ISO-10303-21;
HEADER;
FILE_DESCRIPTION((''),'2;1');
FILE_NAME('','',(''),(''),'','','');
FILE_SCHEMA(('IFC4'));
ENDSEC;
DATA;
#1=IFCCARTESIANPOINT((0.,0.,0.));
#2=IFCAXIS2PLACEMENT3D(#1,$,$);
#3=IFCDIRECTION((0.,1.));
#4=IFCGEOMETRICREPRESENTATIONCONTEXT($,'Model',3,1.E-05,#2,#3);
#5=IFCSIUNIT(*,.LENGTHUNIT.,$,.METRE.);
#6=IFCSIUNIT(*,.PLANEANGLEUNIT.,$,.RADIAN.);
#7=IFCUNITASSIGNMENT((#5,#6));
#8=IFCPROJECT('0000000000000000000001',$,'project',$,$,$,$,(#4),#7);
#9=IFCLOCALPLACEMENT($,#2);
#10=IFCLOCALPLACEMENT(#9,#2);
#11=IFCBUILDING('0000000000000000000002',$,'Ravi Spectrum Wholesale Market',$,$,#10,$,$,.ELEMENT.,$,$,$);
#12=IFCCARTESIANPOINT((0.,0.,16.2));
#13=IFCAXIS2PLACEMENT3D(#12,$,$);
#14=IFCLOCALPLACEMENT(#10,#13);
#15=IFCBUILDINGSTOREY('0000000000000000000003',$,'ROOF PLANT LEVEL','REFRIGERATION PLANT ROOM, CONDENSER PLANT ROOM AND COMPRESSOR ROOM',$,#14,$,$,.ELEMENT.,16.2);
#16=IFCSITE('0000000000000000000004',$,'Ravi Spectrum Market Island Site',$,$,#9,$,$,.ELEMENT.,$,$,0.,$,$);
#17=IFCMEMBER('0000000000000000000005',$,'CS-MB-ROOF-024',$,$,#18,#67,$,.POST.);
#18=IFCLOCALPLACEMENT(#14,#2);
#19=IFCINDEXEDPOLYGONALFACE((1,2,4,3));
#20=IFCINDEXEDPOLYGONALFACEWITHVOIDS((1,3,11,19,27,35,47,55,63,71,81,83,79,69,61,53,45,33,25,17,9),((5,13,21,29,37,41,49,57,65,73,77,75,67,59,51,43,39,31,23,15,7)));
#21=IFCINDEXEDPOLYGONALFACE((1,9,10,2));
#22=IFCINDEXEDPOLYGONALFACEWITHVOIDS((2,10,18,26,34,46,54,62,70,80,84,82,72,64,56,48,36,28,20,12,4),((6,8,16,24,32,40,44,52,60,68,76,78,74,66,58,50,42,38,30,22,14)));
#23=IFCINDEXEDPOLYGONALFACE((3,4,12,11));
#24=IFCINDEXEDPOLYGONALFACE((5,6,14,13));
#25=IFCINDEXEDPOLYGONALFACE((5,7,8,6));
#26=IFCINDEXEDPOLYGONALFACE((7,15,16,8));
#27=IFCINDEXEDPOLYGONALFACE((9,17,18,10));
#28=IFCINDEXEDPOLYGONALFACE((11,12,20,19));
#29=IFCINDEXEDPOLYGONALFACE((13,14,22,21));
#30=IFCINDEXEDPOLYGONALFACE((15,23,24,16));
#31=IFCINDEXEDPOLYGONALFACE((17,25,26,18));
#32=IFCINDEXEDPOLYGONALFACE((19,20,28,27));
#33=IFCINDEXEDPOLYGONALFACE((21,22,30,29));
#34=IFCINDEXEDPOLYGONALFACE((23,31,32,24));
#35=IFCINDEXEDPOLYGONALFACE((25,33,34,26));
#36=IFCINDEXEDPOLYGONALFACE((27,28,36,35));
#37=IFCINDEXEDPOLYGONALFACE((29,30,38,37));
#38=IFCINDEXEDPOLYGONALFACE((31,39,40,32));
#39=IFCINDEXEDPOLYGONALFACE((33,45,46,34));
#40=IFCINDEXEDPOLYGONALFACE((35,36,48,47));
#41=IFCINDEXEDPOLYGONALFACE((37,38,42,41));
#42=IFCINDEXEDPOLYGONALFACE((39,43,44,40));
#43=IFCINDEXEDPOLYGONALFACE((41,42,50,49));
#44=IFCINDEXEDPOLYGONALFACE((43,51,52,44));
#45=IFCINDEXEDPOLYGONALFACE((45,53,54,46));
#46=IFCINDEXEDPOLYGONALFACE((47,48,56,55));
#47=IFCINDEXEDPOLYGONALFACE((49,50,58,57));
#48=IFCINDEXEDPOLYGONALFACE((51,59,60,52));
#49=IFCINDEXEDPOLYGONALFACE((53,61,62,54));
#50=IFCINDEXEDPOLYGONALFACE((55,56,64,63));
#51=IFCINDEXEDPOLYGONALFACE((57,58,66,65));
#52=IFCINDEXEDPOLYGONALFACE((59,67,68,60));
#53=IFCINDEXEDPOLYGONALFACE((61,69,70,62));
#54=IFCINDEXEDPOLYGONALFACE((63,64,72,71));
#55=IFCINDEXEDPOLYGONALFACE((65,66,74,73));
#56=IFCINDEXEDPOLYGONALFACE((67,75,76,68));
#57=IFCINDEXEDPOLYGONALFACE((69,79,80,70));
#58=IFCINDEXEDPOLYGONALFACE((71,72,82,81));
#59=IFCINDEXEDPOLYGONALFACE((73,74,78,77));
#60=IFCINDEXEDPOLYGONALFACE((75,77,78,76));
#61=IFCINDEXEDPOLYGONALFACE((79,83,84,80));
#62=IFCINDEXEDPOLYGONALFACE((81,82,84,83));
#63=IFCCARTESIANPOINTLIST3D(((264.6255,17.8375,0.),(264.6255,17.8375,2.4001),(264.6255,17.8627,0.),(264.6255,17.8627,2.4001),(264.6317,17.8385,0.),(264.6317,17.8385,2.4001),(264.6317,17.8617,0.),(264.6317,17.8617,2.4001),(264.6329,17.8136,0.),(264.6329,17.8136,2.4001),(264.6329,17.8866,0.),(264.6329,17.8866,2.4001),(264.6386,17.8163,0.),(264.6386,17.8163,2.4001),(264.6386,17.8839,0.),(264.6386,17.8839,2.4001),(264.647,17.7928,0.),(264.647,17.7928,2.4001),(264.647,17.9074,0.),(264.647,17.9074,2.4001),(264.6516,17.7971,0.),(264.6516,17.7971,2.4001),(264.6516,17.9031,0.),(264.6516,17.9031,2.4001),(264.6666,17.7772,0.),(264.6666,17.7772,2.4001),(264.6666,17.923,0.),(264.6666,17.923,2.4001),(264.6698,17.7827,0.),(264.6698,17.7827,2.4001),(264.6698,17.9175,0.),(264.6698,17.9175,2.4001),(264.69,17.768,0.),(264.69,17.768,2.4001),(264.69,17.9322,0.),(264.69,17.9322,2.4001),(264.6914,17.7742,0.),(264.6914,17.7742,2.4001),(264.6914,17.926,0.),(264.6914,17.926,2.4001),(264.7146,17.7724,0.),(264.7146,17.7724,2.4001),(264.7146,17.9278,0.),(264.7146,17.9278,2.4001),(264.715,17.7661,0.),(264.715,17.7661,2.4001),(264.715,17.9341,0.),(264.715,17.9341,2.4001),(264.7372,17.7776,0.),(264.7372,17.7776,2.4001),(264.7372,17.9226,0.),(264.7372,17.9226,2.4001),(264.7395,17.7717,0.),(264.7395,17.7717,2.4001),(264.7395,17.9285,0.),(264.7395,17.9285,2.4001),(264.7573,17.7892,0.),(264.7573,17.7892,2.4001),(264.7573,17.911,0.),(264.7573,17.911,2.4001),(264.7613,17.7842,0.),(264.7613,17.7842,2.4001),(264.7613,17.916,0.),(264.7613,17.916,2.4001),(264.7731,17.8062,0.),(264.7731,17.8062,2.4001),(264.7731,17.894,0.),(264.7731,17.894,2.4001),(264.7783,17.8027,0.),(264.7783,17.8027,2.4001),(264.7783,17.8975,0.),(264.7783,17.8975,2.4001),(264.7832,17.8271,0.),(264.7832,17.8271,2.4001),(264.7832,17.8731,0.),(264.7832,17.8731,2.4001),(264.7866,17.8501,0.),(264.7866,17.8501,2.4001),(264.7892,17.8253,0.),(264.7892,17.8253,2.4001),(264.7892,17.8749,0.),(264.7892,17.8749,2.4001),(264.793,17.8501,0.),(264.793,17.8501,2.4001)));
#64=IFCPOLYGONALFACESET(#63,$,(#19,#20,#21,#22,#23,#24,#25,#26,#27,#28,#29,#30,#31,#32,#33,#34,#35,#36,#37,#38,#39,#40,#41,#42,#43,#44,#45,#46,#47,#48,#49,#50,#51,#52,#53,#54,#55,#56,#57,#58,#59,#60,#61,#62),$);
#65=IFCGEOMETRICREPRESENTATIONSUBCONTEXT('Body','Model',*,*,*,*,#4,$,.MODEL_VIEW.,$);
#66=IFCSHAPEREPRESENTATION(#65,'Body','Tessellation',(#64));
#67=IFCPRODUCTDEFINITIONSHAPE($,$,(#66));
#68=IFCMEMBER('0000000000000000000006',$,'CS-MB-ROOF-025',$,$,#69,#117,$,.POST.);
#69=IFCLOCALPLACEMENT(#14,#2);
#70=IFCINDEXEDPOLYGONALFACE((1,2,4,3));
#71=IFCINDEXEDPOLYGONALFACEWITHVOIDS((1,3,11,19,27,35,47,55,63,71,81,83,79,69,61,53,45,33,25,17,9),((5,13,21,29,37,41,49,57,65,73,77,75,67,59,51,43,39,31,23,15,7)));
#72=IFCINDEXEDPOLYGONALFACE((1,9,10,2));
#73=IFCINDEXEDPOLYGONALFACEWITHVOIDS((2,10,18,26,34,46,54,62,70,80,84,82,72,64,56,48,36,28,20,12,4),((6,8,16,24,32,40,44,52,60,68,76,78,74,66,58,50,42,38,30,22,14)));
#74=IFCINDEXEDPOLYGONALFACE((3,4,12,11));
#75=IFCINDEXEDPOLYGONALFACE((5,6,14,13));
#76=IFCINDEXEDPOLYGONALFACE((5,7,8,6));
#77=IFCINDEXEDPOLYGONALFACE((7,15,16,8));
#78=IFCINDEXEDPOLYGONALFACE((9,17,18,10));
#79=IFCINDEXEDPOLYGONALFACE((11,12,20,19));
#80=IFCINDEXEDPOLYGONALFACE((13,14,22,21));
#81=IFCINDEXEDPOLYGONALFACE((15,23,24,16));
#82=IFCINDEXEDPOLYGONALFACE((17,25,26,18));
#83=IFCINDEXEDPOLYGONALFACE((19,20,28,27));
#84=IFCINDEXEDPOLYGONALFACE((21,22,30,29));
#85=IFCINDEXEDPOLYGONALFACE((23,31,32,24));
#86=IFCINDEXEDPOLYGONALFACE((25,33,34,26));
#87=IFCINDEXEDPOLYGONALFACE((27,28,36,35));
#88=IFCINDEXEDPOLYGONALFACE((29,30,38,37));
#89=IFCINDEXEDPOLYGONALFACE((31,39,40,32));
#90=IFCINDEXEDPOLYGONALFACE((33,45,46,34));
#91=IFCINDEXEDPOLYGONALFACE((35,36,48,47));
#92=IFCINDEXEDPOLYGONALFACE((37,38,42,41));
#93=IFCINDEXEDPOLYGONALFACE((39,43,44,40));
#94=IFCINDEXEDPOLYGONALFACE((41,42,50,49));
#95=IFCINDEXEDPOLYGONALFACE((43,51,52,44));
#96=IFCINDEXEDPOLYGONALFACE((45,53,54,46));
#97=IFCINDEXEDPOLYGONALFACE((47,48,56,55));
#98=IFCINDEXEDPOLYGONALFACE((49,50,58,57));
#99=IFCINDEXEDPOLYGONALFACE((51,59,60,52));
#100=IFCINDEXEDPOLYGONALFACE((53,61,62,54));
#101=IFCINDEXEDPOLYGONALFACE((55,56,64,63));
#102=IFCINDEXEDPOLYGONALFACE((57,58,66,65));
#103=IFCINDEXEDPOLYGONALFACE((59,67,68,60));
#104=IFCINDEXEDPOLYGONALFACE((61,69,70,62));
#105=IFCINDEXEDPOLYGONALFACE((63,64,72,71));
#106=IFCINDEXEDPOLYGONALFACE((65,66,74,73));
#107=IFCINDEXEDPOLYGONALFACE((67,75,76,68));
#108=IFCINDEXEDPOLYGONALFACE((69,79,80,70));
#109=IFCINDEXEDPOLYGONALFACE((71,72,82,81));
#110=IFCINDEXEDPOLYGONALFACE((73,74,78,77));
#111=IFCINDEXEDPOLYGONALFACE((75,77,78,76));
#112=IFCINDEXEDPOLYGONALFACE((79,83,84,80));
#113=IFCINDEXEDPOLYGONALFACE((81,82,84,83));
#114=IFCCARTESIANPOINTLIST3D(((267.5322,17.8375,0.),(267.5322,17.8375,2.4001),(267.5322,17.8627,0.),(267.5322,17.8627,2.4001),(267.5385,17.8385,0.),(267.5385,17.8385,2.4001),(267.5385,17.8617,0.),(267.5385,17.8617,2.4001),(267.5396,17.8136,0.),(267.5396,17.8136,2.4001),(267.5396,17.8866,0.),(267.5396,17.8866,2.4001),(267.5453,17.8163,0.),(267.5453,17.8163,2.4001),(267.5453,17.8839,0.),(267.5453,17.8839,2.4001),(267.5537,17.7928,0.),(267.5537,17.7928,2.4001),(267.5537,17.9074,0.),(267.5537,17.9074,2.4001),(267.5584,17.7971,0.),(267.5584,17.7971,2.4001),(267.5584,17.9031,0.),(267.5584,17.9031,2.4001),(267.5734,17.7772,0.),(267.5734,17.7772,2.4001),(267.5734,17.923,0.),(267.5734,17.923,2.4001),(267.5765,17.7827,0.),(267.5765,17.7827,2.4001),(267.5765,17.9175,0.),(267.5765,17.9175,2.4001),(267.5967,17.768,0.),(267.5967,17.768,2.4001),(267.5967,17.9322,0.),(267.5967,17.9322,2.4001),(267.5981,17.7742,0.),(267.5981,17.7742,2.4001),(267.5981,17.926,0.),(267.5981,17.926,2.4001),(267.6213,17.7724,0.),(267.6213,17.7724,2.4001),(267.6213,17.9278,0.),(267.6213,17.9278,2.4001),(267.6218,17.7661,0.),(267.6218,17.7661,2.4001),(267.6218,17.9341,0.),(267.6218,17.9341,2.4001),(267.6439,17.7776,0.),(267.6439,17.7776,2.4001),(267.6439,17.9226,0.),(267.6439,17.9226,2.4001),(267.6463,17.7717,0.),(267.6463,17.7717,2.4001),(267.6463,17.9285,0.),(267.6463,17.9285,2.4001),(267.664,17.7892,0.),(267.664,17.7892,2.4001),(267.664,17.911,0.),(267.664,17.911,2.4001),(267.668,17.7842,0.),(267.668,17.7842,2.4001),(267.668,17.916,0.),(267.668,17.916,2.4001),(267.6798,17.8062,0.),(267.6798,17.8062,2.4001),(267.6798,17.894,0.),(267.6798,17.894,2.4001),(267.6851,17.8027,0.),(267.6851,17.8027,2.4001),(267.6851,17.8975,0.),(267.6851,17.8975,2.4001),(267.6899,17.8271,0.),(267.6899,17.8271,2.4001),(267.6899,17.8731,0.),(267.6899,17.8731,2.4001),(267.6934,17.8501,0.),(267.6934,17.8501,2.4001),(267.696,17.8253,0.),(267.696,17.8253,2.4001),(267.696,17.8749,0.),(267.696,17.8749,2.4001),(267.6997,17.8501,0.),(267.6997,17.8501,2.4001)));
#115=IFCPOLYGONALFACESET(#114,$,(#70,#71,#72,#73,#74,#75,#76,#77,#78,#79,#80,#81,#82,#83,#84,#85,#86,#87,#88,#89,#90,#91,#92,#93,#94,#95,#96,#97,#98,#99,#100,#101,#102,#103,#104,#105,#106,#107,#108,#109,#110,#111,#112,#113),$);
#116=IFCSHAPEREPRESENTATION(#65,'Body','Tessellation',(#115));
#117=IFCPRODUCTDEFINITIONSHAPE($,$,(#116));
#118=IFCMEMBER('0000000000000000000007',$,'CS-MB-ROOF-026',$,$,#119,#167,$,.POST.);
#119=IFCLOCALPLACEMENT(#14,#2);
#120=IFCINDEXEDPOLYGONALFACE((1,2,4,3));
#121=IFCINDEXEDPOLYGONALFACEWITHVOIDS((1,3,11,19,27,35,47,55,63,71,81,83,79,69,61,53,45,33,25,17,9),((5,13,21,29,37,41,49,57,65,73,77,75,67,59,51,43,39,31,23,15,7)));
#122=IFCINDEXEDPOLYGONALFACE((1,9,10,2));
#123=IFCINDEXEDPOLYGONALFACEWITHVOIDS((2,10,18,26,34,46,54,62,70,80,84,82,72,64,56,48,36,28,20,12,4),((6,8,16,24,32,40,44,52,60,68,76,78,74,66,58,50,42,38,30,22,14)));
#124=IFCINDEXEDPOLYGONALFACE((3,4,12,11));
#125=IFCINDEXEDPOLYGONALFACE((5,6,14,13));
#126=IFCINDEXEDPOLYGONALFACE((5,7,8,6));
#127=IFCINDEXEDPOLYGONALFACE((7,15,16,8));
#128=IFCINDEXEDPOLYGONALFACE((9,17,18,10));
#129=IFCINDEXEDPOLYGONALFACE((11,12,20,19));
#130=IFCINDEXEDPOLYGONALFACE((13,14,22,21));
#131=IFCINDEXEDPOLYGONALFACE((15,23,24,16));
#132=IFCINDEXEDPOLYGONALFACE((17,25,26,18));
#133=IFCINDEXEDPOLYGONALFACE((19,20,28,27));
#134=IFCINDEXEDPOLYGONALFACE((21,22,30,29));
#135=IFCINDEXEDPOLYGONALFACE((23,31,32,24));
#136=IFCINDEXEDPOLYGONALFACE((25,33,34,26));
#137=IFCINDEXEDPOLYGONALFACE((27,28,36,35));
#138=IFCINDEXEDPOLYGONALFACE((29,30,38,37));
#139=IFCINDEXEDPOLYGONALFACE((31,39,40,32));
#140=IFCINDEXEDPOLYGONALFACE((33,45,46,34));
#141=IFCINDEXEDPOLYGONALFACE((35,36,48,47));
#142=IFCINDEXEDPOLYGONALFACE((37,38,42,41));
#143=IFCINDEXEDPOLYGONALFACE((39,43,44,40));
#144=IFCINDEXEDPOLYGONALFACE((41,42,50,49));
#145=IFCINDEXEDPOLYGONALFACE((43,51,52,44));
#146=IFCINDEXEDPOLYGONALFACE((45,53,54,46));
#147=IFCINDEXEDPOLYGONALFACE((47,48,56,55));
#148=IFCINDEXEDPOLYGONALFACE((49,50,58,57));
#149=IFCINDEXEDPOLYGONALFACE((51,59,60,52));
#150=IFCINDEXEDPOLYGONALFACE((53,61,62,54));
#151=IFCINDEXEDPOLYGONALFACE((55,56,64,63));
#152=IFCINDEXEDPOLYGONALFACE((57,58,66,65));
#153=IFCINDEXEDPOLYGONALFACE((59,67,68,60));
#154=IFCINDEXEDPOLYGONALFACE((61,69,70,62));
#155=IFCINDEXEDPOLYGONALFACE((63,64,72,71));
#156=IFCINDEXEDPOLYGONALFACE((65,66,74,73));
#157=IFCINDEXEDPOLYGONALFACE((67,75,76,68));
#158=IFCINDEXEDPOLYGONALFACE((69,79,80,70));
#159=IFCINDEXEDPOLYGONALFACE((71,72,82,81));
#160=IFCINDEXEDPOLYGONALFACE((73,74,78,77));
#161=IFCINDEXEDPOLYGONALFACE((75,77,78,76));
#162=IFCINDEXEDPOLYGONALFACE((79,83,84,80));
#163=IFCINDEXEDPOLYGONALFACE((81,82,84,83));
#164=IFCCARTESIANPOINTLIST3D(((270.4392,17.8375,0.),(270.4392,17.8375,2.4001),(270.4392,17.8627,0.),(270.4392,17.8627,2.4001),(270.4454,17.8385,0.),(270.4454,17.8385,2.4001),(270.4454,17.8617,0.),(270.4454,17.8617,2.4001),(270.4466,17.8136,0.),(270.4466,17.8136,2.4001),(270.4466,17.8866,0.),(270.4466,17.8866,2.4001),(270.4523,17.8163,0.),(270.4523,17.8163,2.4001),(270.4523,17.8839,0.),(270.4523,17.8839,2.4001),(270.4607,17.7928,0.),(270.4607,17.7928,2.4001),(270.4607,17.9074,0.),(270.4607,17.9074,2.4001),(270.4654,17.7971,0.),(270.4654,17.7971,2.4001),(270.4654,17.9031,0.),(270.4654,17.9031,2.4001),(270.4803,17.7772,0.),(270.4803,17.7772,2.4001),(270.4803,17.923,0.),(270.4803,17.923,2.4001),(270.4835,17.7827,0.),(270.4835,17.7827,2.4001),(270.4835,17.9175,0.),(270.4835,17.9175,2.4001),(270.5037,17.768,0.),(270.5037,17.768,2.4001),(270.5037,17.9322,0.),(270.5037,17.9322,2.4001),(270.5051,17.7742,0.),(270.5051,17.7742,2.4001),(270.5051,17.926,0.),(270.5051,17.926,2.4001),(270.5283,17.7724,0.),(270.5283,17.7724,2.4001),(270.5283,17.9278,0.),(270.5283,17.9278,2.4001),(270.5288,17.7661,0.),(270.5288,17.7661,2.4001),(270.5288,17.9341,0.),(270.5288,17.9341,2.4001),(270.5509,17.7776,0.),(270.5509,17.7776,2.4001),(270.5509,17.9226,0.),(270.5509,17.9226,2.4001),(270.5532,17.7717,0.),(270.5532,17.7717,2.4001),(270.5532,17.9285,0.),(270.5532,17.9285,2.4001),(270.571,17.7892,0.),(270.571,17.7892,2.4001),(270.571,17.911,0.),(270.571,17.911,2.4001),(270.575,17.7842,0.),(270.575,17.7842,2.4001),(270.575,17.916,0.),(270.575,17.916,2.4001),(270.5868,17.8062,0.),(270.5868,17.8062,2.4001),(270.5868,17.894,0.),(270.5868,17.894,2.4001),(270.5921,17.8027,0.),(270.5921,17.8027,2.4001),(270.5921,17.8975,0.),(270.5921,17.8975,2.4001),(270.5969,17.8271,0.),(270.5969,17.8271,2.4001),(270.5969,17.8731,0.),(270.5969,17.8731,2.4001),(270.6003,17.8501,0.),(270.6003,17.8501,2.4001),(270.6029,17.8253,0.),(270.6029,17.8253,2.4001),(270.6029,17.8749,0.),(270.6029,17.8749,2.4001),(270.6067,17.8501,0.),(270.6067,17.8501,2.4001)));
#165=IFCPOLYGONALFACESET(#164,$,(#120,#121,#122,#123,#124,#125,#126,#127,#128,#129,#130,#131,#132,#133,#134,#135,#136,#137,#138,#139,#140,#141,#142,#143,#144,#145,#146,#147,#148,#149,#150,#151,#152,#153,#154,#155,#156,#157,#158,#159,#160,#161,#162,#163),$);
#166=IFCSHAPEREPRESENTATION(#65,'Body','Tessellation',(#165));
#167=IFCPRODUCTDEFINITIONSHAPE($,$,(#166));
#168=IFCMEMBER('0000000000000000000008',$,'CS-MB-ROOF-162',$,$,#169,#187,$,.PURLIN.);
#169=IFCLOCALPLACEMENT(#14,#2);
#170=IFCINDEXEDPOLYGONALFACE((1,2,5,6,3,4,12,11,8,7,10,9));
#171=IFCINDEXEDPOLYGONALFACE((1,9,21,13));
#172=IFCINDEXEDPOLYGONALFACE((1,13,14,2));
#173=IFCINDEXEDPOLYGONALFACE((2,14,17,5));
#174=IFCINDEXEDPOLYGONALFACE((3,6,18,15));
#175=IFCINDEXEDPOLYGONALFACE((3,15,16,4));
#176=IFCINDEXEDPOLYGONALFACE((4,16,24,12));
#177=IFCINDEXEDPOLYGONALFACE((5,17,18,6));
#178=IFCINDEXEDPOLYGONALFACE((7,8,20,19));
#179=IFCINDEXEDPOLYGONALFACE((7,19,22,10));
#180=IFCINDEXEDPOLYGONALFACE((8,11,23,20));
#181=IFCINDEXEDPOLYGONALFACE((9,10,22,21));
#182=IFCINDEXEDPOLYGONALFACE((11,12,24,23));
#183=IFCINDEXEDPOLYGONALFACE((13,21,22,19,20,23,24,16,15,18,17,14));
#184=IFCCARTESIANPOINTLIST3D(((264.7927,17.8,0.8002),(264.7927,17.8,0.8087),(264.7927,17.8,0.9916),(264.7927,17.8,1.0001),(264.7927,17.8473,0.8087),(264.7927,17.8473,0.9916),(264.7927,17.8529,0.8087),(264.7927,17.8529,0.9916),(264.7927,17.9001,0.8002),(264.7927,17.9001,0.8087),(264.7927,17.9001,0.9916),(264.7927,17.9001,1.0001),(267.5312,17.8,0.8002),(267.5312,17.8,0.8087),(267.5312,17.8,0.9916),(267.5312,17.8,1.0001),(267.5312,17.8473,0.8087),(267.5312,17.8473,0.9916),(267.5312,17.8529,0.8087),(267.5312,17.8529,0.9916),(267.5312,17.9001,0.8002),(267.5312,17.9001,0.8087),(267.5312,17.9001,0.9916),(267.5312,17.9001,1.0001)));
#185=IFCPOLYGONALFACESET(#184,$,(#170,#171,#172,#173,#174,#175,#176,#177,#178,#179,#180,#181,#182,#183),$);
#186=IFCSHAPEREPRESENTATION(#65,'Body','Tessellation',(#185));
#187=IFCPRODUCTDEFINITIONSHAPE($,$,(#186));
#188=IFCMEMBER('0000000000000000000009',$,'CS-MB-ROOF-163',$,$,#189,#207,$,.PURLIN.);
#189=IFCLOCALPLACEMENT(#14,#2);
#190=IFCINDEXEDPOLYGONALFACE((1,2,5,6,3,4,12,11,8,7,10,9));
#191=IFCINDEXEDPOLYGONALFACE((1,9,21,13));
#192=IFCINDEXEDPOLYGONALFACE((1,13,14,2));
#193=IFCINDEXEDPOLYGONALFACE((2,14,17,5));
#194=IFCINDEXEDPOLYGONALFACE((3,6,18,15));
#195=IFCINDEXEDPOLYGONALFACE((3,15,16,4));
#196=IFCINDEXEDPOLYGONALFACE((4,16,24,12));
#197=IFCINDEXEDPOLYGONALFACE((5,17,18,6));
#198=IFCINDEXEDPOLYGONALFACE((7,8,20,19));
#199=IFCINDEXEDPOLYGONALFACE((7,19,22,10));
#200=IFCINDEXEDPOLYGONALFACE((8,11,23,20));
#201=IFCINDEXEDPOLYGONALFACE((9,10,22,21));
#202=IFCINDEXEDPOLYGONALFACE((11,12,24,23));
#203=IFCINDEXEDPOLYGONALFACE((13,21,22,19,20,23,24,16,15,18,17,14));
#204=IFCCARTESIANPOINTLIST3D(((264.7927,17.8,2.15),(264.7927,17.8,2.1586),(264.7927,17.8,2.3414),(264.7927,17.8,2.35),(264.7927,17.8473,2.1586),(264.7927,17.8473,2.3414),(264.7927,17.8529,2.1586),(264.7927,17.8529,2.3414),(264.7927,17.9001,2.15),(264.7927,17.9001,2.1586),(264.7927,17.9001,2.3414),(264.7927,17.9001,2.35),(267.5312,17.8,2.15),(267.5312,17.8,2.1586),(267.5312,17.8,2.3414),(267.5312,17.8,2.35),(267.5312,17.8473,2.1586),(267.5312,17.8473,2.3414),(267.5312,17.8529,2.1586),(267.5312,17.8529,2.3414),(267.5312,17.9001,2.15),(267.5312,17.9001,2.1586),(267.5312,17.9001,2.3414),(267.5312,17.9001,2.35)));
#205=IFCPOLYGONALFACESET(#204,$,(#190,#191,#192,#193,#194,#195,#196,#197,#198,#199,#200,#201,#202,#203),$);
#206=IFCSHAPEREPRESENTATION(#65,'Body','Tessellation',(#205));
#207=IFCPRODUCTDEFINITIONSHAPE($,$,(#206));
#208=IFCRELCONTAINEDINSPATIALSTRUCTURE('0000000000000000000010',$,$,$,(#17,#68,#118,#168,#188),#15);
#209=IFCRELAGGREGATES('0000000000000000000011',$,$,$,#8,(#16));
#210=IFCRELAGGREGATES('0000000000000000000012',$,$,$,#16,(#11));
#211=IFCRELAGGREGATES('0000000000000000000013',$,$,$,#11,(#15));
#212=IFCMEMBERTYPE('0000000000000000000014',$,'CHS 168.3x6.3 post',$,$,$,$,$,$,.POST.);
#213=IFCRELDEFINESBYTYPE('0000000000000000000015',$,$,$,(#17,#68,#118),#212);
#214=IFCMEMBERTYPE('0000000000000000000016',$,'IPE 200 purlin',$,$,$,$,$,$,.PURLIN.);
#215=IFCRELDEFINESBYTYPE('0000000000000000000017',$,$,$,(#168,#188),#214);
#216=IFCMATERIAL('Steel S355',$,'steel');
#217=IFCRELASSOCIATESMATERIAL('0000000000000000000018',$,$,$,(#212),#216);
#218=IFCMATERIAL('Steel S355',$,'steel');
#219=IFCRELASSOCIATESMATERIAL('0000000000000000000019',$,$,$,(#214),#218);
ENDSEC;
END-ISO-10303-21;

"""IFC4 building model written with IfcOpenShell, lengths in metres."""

from ifc_helpers import new_model, si_unit, direction, frame, origin, origin_2d, place, context, subcontext, project, spatial, hollow_circle, i_section, extrude, material, material_profile, profile_set, type_object, element, save


model = new_model("IFC4")

# Units and contexts
model_context = context("Model", 3, precision=1e-05, world=origin(), true_north=direction((0.0, 1.0)))
body_context = subcontext(model_context, "Body", "Model", "MODEL_VIEW")
ifc_project = project(units=[si_unit("LENGTHUNIT", "METRE"), si_unit("PLANEANGLEUNIT", "RADIAN")], contexts=[model_context])

# Site, building, storey
site_placement = place(None, origin())
site = spatial("IfcSite", under=ifc_project, at=site_placement, Name="Ravi Spectrum Market Island Site", CompositionType="ELEMENT", RefElevation=0.0)
building_placement = place(site_placement, origin())
building = spatial("IfcBuilding", under=site, at=building_placement, Name="Ravi Spectrum Wholesale Market", CompositionType="ELEMENT")
storey_placement = place(building_placement, frame((0.0, 0.0, 16.2)))
storey = spatial("IfcBuildingStorey", under=building, at=storey_placement, Name="ROOF PLANT LEVEL", Description="REFRIGERATION PLANT ROOM, CONDENSER PLANT ROOM AND COMPRESSOR ROOM", CompositionType="ELEMENT", Elevation=16.2)

# Members
ifc_material_1 = material(Name="Steel S355", Category="steel")
ifc_material_profile_1 = material_profile(ifc_material_1, hollow_circle(Radius=0.0842, WallThickness=0.0063, at=origin_2d()))
ifc_profile_set_1 = profile_set([ifc_material_profile_1], Name="Steel S355")
member_type_1 = type_object("IfcMemberType", Name="CHS 168.3x6.3 post", PredefinedType="POST", material=ifc_profile_set_1)
for number, where, z_axis, x_axis, name in (
    (1, (264.7087, 17.8501, 0.0), (0.0, 0.0, 1.0), (1.0, 0.0, 0.0), "CS-MB-ROOF-024"),
    (2, (267.6155, 17.8501, 0.0), (0.0, 0.0, 1.0), (1.0, 0.0, 0.0), "CS-MB-ROOF-025"),
    (3, (270.5225, 17.8501, 0.0), (0.0, 0.0, 1.0), (1.0, 0.0, 0.0), "CS-MB-ROOF-026"),
):
    element("IfcMember", number, at=place(storey_placement, frame(where, z_axis=z_axis, x_axis=x_axis)), inside=storey, type_object=member_type_1, Name=name, PredefinedType="POST", context=body_context, shape_type="SweptSolid", body=[
        extrude(hollow_circle(Radius=0.0842, WallThickness=0.0063, at=origin_2d()), origin(), (0.0, 0.0, 1.0), 2.4001),
    ])
ifc_material_2 = material(Name="Steel S355", Category="steel")
ifc_material_profile_2 = material_profile(ifc_material_2, i_section(OverallWidth=0.1001, OverallDepth=0.2, WebThickness=0.0056, FlangeThickness=0.0085, at=origin_2d()))
ifc_profile_set_2 = profile_set([ifc_material_profile_2], Name="Steel S355")
member_type_2 = type_object("IfcMemberType", Name="IPE 200 purlin", PredefinedType="PURLIN", material=ifc_profile_set_2)
for number, where, z_axis, x_axis, name in (
    (4, (264.7927, 17.8501, 0.9001), (1.0, 0.0, 0.0), (0.0, 1.0, 0.0), "CS-MB-ROOF-162"),
    (5, (264.7927, 17.8501, 2.25), (1.0, 0.0, 0.0), (0.0, 1.0, 0.0), "CS-MB-ROOF-163"),
):
    element("IfcMember", number, at=place(storey_placement, frame(where, z_axis=z_axis, x_axis=x_axis)), inside=storey, type_object=member_type_2, Name=name, PredefinedType="PURLIN", context=body_context, shape_type="SweptSolid", body=[
        extrude(i_section(OverallWidth=0.1001, OverallDepth=0.2, WebThickness=0.0056, FlangeThickness=0.0085, at=origin_2d()), origin(), (0.0, 0.0, 1.0), 2.7385),
    ])

save(model, "model.ifc")
